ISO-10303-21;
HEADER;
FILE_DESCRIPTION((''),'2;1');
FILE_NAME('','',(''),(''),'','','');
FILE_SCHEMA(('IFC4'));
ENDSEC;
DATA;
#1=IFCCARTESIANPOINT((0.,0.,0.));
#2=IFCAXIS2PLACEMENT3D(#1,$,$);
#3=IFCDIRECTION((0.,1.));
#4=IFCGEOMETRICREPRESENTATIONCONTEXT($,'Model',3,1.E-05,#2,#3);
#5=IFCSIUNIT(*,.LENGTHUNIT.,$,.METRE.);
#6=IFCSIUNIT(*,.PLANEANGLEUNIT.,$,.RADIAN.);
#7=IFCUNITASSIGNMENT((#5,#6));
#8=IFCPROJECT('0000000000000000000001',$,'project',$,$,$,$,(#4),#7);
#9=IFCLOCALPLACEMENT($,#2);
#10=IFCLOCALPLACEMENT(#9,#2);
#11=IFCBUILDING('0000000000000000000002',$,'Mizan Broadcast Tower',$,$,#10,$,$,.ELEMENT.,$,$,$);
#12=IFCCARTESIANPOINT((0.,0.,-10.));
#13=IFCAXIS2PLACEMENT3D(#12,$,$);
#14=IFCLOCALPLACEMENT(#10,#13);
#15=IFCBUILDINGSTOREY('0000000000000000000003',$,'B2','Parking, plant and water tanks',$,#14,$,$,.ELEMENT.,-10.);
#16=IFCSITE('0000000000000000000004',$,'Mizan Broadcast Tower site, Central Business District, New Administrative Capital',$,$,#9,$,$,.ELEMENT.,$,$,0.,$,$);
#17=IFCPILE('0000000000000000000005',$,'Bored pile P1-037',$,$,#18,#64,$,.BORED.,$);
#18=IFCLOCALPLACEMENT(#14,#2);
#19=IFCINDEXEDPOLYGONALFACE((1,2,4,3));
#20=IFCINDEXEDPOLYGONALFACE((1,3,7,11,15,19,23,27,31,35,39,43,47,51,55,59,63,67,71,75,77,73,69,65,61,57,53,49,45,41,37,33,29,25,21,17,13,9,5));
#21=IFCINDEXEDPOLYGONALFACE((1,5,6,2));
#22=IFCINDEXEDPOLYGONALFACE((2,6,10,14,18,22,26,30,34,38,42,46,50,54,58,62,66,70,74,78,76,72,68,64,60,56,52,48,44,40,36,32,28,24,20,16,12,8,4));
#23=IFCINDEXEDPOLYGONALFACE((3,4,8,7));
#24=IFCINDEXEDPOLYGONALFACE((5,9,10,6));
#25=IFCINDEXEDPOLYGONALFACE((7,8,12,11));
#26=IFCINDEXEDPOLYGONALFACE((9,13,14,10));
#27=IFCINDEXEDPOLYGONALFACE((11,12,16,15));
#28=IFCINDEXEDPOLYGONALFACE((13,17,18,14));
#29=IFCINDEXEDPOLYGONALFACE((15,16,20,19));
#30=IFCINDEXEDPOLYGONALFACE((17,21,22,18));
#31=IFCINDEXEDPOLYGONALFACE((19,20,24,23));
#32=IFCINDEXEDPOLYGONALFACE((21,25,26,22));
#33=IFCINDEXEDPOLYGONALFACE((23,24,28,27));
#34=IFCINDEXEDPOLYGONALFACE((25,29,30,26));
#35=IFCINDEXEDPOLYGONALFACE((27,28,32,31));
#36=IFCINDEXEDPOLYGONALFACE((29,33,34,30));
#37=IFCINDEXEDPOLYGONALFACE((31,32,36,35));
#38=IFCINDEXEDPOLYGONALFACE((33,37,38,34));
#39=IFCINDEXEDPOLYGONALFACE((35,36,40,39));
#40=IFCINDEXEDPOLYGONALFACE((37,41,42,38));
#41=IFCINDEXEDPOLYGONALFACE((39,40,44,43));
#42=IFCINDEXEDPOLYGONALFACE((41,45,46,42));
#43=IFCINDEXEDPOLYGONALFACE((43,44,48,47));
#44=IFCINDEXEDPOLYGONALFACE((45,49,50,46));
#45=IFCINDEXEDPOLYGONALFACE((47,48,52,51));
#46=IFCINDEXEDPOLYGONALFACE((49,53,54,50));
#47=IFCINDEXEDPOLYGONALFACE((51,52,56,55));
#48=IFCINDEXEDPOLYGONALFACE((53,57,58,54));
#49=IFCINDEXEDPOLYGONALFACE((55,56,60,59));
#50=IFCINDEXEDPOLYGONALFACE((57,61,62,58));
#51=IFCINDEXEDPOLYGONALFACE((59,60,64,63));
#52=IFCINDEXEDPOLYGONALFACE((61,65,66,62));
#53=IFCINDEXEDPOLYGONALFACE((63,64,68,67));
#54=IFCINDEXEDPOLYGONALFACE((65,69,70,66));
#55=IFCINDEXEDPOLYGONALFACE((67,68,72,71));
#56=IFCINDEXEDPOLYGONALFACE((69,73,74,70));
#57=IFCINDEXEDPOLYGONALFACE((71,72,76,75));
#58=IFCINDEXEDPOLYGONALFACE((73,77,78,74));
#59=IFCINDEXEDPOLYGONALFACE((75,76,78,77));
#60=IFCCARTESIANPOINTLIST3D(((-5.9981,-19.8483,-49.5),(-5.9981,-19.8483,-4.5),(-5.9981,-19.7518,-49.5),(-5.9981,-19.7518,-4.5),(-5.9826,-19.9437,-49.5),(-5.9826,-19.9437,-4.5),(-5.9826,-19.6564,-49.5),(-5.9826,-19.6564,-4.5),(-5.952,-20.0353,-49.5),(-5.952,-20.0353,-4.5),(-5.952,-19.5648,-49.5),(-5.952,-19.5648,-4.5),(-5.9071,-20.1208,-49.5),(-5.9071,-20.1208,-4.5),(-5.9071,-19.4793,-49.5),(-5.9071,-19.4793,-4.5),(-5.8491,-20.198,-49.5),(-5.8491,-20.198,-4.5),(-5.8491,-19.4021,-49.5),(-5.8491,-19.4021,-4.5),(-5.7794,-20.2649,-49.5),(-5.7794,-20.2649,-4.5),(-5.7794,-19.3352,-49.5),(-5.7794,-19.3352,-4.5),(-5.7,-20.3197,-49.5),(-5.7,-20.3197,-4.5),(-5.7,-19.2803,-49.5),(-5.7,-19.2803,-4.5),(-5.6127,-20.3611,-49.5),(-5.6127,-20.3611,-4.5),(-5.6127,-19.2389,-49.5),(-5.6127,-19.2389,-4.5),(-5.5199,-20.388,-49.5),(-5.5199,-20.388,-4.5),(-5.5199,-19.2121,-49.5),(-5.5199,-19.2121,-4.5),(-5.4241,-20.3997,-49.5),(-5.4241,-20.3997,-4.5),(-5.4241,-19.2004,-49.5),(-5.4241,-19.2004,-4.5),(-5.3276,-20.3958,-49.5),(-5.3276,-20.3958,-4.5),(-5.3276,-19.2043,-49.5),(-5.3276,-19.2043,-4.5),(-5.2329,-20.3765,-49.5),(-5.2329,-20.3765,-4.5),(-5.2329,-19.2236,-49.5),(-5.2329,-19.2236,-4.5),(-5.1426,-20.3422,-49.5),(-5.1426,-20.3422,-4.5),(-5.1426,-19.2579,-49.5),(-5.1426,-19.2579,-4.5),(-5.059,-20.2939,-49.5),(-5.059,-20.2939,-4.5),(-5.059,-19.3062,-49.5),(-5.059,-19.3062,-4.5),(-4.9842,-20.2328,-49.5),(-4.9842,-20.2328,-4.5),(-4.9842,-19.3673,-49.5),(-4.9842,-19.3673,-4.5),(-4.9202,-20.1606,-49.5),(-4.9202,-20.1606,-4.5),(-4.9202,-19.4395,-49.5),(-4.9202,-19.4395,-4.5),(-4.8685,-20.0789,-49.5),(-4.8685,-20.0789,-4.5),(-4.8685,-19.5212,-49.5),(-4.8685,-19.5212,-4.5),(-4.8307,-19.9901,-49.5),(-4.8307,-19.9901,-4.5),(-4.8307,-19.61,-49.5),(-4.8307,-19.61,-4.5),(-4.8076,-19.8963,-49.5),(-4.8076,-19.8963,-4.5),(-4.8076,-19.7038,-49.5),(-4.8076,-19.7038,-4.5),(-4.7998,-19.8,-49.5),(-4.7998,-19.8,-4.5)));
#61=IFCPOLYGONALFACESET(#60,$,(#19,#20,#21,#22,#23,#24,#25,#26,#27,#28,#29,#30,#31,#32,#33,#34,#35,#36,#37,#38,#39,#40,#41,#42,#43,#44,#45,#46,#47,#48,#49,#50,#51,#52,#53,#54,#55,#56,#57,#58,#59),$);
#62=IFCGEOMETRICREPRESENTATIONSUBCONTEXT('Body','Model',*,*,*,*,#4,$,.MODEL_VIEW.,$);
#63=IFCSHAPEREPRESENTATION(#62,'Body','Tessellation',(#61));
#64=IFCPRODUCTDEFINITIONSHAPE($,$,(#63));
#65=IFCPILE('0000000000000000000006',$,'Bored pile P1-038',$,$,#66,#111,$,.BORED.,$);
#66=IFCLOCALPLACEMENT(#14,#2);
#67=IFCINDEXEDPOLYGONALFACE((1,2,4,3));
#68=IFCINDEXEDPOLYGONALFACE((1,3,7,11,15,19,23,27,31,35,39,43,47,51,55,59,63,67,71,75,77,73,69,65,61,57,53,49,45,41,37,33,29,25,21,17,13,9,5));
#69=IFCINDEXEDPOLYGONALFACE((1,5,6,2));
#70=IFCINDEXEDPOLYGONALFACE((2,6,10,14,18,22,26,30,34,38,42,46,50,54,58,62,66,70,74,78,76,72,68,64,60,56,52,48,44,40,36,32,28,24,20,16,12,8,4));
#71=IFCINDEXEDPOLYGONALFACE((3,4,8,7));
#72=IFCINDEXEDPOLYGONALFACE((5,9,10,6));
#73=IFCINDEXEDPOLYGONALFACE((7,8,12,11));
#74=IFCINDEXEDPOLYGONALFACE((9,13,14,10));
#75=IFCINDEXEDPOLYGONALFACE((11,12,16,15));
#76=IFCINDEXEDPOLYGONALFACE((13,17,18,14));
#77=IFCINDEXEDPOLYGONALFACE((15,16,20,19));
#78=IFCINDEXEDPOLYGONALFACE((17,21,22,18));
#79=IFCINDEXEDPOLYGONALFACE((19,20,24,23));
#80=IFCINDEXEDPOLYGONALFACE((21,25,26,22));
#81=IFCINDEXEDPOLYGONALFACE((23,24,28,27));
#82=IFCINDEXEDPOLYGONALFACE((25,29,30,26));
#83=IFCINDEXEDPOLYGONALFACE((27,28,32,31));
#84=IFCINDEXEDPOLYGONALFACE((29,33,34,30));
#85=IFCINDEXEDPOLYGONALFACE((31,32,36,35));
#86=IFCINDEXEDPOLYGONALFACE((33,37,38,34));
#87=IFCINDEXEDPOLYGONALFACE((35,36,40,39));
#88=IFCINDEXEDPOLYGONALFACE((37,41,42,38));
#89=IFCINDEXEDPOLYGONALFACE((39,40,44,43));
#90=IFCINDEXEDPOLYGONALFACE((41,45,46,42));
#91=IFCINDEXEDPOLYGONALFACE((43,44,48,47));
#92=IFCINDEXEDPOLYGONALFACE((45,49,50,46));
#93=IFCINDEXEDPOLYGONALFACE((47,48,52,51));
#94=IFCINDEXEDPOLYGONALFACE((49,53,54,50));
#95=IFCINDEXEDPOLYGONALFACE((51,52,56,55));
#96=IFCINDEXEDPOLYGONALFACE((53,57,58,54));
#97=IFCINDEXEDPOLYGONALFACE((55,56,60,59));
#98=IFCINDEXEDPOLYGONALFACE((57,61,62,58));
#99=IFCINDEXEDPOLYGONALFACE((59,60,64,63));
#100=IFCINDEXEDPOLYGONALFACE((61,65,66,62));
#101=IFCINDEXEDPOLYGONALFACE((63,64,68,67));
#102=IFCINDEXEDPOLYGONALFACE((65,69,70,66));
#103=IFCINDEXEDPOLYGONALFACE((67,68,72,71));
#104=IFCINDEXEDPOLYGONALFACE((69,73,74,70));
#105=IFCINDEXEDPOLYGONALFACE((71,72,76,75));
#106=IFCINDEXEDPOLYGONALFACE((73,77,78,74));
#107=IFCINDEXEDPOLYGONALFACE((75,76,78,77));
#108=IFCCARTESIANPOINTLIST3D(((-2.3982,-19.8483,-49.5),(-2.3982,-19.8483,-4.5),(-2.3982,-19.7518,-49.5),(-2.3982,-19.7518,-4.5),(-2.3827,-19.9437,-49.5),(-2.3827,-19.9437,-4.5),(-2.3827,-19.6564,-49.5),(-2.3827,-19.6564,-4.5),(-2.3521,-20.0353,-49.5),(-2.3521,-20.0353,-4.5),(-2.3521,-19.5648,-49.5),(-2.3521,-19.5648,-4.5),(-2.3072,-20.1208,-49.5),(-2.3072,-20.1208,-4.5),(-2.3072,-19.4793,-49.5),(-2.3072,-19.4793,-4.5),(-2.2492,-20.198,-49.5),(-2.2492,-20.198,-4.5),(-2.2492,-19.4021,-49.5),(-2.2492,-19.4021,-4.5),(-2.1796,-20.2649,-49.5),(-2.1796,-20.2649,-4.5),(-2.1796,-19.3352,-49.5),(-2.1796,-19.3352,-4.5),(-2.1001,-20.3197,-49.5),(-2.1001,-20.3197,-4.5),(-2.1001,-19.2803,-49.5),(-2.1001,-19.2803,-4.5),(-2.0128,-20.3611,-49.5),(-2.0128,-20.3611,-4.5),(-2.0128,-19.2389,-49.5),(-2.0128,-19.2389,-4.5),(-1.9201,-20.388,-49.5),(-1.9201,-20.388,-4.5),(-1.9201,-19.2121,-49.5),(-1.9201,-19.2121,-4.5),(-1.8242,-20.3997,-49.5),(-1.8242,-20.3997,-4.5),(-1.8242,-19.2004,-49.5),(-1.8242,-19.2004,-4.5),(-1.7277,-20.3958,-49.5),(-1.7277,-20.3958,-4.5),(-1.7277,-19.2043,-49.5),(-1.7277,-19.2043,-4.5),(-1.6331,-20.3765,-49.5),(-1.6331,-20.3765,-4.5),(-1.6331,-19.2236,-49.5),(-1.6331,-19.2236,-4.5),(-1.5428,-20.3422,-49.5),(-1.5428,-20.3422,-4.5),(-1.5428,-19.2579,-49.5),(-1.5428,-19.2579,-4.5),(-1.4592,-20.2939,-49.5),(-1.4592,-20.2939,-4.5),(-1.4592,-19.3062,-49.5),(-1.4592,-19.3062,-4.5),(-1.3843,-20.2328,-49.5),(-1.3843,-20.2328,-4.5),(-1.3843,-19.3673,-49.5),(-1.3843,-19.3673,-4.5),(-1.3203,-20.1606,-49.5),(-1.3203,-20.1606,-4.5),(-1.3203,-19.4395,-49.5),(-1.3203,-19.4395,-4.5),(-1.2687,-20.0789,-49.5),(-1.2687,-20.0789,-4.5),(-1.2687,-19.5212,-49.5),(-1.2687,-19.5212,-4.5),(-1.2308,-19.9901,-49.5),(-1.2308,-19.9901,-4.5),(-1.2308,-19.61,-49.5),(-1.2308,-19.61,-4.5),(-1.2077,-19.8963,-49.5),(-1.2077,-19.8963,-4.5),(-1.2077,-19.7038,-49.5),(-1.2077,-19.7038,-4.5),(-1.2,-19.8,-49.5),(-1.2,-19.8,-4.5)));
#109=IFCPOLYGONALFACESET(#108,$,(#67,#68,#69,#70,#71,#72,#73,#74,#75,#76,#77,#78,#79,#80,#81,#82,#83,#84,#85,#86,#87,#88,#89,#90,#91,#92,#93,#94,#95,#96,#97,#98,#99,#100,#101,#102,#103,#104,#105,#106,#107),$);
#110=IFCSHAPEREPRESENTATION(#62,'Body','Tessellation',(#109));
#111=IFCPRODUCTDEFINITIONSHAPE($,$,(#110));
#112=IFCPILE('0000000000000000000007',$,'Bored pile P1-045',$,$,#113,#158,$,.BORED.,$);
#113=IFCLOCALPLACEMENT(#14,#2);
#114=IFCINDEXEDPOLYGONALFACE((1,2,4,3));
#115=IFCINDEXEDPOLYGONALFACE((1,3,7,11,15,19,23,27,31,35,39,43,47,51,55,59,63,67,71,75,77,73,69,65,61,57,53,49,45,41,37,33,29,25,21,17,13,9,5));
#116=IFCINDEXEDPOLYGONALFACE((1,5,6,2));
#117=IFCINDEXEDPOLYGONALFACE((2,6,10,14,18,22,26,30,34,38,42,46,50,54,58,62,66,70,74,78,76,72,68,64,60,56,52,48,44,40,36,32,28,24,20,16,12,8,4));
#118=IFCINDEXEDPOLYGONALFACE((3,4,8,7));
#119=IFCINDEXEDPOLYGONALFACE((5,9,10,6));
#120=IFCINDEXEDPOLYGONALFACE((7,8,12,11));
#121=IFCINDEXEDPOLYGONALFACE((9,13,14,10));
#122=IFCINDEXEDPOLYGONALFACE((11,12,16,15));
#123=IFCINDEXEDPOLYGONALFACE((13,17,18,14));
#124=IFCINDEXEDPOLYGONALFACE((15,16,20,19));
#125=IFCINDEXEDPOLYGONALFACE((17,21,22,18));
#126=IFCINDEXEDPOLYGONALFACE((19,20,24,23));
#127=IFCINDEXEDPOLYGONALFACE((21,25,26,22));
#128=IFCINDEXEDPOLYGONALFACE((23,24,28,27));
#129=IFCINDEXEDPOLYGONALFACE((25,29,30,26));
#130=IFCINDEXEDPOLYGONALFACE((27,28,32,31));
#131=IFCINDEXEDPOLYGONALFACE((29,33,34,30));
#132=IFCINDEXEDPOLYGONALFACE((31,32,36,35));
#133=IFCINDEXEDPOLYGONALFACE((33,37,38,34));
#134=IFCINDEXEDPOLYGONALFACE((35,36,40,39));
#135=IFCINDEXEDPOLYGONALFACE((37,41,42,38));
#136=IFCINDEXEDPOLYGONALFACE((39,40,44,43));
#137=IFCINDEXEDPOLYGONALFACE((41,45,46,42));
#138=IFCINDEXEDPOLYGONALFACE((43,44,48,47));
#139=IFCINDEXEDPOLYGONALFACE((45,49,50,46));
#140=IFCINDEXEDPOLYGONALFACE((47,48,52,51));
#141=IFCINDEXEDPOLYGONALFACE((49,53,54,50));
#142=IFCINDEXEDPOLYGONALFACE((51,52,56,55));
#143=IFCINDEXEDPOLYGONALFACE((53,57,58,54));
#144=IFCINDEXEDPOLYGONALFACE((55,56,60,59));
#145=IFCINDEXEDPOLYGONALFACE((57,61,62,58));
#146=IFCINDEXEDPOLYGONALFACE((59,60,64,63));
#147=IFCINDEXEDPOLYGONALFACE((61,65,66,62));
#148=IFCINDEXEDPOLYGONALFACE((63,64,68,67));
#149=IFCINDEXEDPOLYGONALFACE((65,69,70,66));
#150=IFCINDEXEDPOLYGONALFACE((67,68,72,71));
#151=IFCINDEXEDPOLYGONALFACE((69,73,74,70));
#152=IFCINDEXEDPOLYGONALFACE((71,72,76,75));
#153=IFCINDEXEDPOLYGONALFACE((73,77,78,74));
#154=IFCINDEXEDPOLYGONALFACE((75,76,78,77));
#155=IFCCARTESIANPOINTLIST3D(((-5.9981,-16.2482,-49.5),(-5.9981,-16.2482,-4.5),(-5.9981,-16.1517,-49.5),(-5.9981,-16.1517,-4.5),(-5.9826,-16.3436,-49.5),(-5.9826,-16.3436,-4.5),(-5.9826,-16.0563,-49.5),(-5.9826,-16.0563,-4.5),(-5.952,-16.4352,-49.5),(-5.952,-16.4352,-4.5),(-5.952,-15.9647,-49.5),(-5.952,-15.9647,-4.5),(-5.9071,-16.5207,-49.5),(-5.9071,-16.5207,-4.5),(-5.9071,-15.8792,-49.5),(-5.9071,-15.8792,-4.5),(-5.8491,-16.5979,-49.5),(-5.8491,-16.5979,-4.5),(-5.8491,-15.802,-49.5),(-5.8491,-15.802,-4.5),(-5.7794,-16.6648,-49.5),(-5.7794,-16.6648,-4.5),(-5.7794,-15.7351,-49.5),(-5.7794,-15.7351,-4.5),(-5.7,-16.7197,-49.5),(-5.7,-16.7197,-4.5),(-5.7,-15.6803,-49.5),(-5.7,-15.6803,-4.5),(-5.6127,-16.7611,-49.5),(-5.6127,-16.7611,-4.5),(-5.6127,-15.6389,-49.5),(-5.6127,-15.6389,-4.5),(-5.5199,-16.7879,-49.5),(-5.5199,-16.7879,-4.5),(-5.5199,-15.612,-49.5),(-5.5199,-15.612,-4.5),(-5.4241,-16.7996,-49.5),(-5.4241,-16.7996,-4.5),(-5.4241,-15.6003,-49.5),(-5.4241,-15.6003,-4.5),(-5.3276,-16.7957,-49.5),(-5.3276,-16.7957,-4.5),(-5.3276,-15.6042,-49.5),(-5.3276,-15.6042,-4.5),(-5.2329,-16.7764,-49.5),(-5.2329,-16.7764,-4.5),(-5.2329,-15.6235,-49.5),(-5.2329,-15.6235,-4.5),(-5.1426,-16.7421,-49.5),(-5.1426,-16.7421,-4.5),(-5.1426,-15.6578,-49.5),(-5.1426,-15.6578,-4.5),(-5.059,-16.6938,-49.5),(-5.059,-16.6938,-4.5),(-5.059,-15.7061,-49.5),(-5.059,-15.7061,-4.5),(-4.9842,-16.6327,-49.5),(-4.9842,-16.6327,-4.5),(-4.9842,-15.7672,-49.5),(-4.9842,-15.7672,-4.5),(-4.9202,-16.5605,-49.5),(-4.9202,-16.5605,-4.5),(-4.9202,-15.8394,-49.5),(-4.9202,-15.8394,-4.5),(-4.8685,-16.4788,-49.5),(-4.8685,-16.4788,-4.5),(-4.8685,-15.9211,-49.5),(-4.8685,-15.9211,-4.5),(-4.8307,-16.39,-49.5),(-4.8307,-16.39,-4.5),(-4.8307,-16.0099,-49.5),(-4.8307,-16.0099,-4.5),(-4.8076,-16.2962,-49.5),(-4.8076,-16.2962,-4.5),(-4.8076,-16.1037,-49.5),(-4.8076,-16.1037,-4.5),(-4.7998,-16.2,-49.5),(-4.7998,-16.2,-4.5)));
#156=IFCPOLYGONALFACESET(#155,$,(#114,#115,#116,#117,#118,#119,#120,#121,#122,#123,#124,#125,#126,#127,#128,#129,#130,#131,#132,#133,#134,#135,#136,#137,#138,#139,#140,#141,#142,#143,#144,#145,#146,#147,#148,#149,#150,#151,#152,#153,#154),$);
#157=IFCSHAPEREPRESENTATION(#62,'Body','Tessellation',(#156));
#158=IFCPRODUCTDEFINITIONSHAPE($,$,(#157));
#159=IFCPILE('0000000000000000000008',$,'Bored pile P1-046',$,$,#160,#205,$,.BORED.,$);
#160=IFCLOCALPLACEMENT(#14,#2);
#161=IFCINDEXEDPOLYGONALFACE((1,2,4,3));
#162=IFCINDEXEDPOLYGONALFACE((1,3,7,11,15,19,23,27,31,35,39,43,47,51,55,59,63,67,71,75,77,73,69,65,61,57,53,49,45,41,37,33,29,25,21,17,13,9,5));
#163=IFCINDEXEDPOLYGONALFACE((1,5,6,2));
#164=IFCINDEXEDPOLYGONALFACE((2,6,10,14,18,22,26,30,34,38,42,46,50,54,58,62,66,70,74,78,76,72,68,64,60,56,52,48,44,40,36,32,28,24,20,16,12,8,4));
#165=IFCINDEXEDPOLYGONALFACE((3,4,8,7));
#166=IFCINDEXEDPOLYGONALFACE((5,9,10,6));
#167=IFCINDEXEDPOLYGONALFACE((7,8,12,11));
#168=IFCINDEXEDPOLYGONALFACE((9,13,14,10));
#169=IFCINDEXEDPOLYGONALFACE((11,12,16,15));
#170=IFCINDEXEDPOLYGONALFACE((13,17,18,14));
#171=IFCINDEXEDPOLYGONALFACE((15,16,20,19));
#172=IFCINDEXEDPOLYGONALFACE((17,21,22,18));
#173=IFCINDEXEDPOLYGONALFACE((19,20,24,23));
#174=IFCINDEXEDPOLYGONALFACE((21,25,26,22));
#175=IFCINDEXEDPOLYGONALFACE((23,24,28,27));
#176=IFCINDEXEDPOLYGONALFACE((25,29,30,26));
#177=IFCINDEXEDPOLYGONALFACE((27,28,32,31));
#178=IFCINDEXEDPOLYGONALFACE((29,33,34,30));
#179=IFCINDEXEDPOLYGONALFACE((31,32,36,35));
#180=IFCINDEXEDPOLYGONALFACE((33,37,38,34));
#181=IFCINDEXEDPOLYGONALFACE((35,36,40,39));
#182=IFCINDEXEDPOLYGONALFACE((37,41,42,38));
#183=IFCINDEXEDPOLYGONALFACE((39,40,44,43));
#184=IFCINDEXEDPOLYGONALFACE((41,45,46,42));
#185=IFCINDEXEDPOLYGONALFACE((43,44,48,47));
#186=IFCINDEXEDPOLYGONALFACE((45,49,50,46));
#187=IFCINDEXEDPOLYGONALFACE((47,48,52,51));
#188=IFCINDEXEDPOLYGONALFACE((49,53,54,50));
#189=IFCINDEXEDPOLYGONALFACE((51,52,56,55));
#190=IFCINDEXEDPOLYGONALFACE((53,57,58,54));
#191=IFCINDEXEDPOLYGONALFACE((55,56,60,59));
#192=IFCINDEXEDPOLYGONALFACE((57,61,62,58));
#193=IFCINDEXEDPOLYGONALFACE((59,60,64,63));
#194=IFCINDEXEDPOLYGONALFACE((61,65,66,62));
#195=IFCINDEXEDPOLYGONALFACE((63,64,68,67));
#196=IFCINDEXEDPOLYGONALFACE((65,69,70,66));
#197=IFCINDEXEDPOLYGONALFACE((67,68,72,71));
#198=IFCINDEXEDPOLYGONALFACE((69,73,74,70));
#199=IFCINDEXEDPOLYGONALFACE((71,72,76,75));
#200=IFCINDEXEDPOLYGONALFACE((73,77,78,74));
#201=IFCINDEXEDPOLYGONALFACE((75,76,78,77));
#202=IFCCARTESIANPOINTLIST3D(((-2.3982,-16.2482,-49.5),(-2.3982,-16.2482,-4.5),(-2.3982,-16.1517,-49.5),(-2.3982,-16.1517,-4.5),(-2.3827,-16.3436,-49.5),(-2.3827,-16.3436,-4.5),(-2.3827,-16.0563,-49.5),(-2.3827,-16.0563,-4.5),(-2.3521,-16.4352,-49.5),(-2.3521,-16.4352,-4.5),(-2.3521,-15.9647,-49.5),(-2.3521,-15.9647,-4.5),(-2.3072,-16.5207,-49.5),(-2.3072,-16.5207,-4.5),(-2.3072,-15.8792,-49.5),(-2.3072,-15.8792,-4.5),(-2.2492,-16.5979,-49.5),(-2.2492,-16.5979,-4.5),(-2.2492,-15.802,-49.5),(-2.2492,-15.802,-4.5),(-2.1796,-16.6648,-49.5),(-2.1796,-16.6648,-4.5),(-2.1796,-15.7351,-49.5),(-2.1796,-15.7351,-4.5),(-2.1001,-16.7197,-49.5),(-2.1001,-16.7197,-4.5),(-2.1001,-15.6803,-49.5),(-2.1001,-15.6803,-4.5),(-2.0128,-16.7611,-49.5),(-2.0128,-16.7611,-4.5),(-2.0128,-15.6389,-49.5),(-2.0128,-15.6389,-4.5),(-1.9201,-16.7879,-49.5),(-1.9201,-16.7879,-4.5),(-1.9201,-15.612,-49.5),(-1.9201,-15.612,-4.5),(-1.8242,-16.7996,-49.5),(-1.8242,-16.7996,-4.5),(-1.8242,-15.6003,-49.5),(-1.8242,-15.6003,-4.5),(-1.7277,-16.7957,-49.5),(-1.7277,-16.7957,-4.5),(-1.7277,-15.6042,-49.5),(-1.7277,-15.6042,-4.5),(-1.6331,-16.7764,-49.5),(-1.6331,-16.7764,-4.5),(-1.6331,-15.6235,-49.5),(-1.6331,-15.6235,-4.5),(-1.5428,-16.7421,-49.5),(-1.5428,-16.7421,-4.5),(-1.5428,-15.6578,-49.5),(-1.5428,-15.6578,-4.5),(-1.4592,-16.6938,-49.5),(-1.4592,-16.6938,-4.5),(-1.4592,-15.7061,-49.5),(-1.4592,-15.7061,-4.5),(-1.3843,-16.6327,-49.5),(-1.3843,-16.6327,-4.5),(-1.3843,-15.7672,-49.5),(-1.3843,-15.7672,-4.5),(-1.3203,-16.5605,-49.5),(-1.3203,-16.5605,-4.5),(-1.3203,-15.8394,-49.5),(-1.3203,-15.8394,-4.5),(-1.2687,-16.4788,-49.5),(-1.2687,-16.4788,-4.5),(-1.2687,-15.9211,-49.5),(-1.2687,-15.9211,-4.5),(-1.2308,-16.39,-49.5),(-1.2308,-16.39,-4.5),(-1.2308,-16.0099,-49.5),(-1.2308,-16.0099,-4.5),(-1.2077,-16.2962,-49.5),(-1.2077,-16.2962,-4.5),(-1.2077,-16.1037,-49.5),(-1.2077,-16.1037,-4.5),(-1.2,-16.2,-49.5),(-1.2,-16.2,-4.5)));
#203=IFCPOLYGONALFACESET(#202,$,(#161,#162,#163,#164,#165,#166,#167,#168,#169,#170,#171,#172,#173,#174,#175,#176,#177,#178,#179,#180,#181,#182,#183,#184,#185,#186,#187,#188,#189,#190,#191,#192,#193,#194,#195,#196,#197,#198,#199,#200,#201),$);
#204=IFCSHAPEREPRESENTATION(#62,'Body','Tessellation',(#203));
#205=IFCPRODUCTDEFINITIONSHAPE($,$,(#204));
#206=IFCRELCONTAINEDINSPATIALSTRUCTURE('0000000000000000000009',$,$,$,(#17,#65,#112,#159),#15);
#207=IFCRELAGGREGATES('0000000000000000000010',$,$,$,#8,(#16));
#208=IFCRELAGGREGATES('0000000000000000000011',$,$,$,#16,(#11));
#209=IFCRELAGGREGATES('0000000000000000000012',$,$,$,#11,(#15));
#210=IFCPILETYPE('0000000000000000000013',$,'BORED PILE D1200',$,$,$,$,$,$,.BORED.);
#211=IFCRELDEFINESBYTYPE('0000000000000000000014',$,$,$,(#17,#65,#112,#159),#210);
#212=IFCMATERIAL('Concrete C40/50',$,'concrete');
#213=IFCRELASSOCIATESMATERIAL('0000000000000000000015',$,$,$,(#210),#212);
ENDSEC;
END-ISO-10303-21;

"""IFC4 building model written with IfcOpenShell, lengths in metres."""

from ifc_helpers import new_model, si_unit, direction, frame, origin, origin_2d, place, context, subcontext, project, spatial, circle, extrude, material, material_profile, profile_set, type_object, element, save


model = new_model("IFC4")

# Units and contexts
model_context = context("Model", 3, precision=1e-05, world=origin(), true_north=direction((0.0, 1.0)))
body_context = subcontext(model_context, "Body", "Model", "MODEL_VIEW")
ifc_project = project(units=[si_unit("LENGTHUNIT", "METRE"), si_unit("PLANEANGLEUNIT", "RADIAN")], contexts=[model_context])

# Site, building, storey
site_placement = place(None, origin())
site = spatial("IfcSite", under=ifc_project, at=site_placement, Name="Mizan Broadcast Tower site, Central Business District, New Administrative Capital", CompositionType="ELEMENT", RefElevation=0.0)
building_placement = place(site_placement, origin())
building = spatial("IfcBuilding", under=site, at=building_placement, Name="Mizan Broadcast Tower", CompositionType="ELEMENT")
storey_placement = place(building_placement, frame((0.0, 0.0, -10.0)))
storey = spatial("IfcBuildingStorey", under=building, at=storey_placement, Name="B2", Description="Parking, plant and water tanks", CompositionType="ELEMENT", Elevation=-10.0)

# Piles
ifc_material_1 = material(Name="Concrete C40/50", Category="concrete")
ifc_material_profile_1 = material_profile(ifc_material_1, circle(Radius=0.6001, at=origin_2d()), Name="D1200")
ifc_profile_set_1 = profile_set([ifc_material_profile_1], Name="Concrete C40/50")
pile_type = type_object("IfcPileType", Name="BORED PILE D1200", PredefinedType="BORED", material=ifc_profile_set_1)
for number, where, z_axis, x_axis, name in (
    (1, (-5.3999, -19.8, -4.5), (0.0, 0.0, -1.0), (1.0, 0.0, 0.0), "Bored pile P1-037"),
    (2, (-1.8, -19.8, -4.5), (0.0, 0.0, -1.0), (1.0, 0.0, 0.0), "Bored pile P1-038"),
    (3, (-5.3999, -16.2, -4.5), (0.0, 0.0, -1.0), (1.0, 0.0, 0.0), "Bored pile P1-045"),
    (4, (-1.8, -16.2, -4.5), (0.0, 0.0, -1.0), (1.0, 0.0, 0.0), "Bored pile P1-046"),
):
    element("IfcPile", number, at=place(storey_placement, frame(where, z_axis=z_axis, x_axis=x_axis)), inside=storey, type_object=pile_type, Name=name, PredefinedType="BORED", context=body_context, shape_type="SweptSolid", body=[
        extrude(circle(Radius=0.6001, at=origin_2d()), origin(), (0.0, 0.0, 1.0), 45.0),
    ])

save(model, "model.ifc")
